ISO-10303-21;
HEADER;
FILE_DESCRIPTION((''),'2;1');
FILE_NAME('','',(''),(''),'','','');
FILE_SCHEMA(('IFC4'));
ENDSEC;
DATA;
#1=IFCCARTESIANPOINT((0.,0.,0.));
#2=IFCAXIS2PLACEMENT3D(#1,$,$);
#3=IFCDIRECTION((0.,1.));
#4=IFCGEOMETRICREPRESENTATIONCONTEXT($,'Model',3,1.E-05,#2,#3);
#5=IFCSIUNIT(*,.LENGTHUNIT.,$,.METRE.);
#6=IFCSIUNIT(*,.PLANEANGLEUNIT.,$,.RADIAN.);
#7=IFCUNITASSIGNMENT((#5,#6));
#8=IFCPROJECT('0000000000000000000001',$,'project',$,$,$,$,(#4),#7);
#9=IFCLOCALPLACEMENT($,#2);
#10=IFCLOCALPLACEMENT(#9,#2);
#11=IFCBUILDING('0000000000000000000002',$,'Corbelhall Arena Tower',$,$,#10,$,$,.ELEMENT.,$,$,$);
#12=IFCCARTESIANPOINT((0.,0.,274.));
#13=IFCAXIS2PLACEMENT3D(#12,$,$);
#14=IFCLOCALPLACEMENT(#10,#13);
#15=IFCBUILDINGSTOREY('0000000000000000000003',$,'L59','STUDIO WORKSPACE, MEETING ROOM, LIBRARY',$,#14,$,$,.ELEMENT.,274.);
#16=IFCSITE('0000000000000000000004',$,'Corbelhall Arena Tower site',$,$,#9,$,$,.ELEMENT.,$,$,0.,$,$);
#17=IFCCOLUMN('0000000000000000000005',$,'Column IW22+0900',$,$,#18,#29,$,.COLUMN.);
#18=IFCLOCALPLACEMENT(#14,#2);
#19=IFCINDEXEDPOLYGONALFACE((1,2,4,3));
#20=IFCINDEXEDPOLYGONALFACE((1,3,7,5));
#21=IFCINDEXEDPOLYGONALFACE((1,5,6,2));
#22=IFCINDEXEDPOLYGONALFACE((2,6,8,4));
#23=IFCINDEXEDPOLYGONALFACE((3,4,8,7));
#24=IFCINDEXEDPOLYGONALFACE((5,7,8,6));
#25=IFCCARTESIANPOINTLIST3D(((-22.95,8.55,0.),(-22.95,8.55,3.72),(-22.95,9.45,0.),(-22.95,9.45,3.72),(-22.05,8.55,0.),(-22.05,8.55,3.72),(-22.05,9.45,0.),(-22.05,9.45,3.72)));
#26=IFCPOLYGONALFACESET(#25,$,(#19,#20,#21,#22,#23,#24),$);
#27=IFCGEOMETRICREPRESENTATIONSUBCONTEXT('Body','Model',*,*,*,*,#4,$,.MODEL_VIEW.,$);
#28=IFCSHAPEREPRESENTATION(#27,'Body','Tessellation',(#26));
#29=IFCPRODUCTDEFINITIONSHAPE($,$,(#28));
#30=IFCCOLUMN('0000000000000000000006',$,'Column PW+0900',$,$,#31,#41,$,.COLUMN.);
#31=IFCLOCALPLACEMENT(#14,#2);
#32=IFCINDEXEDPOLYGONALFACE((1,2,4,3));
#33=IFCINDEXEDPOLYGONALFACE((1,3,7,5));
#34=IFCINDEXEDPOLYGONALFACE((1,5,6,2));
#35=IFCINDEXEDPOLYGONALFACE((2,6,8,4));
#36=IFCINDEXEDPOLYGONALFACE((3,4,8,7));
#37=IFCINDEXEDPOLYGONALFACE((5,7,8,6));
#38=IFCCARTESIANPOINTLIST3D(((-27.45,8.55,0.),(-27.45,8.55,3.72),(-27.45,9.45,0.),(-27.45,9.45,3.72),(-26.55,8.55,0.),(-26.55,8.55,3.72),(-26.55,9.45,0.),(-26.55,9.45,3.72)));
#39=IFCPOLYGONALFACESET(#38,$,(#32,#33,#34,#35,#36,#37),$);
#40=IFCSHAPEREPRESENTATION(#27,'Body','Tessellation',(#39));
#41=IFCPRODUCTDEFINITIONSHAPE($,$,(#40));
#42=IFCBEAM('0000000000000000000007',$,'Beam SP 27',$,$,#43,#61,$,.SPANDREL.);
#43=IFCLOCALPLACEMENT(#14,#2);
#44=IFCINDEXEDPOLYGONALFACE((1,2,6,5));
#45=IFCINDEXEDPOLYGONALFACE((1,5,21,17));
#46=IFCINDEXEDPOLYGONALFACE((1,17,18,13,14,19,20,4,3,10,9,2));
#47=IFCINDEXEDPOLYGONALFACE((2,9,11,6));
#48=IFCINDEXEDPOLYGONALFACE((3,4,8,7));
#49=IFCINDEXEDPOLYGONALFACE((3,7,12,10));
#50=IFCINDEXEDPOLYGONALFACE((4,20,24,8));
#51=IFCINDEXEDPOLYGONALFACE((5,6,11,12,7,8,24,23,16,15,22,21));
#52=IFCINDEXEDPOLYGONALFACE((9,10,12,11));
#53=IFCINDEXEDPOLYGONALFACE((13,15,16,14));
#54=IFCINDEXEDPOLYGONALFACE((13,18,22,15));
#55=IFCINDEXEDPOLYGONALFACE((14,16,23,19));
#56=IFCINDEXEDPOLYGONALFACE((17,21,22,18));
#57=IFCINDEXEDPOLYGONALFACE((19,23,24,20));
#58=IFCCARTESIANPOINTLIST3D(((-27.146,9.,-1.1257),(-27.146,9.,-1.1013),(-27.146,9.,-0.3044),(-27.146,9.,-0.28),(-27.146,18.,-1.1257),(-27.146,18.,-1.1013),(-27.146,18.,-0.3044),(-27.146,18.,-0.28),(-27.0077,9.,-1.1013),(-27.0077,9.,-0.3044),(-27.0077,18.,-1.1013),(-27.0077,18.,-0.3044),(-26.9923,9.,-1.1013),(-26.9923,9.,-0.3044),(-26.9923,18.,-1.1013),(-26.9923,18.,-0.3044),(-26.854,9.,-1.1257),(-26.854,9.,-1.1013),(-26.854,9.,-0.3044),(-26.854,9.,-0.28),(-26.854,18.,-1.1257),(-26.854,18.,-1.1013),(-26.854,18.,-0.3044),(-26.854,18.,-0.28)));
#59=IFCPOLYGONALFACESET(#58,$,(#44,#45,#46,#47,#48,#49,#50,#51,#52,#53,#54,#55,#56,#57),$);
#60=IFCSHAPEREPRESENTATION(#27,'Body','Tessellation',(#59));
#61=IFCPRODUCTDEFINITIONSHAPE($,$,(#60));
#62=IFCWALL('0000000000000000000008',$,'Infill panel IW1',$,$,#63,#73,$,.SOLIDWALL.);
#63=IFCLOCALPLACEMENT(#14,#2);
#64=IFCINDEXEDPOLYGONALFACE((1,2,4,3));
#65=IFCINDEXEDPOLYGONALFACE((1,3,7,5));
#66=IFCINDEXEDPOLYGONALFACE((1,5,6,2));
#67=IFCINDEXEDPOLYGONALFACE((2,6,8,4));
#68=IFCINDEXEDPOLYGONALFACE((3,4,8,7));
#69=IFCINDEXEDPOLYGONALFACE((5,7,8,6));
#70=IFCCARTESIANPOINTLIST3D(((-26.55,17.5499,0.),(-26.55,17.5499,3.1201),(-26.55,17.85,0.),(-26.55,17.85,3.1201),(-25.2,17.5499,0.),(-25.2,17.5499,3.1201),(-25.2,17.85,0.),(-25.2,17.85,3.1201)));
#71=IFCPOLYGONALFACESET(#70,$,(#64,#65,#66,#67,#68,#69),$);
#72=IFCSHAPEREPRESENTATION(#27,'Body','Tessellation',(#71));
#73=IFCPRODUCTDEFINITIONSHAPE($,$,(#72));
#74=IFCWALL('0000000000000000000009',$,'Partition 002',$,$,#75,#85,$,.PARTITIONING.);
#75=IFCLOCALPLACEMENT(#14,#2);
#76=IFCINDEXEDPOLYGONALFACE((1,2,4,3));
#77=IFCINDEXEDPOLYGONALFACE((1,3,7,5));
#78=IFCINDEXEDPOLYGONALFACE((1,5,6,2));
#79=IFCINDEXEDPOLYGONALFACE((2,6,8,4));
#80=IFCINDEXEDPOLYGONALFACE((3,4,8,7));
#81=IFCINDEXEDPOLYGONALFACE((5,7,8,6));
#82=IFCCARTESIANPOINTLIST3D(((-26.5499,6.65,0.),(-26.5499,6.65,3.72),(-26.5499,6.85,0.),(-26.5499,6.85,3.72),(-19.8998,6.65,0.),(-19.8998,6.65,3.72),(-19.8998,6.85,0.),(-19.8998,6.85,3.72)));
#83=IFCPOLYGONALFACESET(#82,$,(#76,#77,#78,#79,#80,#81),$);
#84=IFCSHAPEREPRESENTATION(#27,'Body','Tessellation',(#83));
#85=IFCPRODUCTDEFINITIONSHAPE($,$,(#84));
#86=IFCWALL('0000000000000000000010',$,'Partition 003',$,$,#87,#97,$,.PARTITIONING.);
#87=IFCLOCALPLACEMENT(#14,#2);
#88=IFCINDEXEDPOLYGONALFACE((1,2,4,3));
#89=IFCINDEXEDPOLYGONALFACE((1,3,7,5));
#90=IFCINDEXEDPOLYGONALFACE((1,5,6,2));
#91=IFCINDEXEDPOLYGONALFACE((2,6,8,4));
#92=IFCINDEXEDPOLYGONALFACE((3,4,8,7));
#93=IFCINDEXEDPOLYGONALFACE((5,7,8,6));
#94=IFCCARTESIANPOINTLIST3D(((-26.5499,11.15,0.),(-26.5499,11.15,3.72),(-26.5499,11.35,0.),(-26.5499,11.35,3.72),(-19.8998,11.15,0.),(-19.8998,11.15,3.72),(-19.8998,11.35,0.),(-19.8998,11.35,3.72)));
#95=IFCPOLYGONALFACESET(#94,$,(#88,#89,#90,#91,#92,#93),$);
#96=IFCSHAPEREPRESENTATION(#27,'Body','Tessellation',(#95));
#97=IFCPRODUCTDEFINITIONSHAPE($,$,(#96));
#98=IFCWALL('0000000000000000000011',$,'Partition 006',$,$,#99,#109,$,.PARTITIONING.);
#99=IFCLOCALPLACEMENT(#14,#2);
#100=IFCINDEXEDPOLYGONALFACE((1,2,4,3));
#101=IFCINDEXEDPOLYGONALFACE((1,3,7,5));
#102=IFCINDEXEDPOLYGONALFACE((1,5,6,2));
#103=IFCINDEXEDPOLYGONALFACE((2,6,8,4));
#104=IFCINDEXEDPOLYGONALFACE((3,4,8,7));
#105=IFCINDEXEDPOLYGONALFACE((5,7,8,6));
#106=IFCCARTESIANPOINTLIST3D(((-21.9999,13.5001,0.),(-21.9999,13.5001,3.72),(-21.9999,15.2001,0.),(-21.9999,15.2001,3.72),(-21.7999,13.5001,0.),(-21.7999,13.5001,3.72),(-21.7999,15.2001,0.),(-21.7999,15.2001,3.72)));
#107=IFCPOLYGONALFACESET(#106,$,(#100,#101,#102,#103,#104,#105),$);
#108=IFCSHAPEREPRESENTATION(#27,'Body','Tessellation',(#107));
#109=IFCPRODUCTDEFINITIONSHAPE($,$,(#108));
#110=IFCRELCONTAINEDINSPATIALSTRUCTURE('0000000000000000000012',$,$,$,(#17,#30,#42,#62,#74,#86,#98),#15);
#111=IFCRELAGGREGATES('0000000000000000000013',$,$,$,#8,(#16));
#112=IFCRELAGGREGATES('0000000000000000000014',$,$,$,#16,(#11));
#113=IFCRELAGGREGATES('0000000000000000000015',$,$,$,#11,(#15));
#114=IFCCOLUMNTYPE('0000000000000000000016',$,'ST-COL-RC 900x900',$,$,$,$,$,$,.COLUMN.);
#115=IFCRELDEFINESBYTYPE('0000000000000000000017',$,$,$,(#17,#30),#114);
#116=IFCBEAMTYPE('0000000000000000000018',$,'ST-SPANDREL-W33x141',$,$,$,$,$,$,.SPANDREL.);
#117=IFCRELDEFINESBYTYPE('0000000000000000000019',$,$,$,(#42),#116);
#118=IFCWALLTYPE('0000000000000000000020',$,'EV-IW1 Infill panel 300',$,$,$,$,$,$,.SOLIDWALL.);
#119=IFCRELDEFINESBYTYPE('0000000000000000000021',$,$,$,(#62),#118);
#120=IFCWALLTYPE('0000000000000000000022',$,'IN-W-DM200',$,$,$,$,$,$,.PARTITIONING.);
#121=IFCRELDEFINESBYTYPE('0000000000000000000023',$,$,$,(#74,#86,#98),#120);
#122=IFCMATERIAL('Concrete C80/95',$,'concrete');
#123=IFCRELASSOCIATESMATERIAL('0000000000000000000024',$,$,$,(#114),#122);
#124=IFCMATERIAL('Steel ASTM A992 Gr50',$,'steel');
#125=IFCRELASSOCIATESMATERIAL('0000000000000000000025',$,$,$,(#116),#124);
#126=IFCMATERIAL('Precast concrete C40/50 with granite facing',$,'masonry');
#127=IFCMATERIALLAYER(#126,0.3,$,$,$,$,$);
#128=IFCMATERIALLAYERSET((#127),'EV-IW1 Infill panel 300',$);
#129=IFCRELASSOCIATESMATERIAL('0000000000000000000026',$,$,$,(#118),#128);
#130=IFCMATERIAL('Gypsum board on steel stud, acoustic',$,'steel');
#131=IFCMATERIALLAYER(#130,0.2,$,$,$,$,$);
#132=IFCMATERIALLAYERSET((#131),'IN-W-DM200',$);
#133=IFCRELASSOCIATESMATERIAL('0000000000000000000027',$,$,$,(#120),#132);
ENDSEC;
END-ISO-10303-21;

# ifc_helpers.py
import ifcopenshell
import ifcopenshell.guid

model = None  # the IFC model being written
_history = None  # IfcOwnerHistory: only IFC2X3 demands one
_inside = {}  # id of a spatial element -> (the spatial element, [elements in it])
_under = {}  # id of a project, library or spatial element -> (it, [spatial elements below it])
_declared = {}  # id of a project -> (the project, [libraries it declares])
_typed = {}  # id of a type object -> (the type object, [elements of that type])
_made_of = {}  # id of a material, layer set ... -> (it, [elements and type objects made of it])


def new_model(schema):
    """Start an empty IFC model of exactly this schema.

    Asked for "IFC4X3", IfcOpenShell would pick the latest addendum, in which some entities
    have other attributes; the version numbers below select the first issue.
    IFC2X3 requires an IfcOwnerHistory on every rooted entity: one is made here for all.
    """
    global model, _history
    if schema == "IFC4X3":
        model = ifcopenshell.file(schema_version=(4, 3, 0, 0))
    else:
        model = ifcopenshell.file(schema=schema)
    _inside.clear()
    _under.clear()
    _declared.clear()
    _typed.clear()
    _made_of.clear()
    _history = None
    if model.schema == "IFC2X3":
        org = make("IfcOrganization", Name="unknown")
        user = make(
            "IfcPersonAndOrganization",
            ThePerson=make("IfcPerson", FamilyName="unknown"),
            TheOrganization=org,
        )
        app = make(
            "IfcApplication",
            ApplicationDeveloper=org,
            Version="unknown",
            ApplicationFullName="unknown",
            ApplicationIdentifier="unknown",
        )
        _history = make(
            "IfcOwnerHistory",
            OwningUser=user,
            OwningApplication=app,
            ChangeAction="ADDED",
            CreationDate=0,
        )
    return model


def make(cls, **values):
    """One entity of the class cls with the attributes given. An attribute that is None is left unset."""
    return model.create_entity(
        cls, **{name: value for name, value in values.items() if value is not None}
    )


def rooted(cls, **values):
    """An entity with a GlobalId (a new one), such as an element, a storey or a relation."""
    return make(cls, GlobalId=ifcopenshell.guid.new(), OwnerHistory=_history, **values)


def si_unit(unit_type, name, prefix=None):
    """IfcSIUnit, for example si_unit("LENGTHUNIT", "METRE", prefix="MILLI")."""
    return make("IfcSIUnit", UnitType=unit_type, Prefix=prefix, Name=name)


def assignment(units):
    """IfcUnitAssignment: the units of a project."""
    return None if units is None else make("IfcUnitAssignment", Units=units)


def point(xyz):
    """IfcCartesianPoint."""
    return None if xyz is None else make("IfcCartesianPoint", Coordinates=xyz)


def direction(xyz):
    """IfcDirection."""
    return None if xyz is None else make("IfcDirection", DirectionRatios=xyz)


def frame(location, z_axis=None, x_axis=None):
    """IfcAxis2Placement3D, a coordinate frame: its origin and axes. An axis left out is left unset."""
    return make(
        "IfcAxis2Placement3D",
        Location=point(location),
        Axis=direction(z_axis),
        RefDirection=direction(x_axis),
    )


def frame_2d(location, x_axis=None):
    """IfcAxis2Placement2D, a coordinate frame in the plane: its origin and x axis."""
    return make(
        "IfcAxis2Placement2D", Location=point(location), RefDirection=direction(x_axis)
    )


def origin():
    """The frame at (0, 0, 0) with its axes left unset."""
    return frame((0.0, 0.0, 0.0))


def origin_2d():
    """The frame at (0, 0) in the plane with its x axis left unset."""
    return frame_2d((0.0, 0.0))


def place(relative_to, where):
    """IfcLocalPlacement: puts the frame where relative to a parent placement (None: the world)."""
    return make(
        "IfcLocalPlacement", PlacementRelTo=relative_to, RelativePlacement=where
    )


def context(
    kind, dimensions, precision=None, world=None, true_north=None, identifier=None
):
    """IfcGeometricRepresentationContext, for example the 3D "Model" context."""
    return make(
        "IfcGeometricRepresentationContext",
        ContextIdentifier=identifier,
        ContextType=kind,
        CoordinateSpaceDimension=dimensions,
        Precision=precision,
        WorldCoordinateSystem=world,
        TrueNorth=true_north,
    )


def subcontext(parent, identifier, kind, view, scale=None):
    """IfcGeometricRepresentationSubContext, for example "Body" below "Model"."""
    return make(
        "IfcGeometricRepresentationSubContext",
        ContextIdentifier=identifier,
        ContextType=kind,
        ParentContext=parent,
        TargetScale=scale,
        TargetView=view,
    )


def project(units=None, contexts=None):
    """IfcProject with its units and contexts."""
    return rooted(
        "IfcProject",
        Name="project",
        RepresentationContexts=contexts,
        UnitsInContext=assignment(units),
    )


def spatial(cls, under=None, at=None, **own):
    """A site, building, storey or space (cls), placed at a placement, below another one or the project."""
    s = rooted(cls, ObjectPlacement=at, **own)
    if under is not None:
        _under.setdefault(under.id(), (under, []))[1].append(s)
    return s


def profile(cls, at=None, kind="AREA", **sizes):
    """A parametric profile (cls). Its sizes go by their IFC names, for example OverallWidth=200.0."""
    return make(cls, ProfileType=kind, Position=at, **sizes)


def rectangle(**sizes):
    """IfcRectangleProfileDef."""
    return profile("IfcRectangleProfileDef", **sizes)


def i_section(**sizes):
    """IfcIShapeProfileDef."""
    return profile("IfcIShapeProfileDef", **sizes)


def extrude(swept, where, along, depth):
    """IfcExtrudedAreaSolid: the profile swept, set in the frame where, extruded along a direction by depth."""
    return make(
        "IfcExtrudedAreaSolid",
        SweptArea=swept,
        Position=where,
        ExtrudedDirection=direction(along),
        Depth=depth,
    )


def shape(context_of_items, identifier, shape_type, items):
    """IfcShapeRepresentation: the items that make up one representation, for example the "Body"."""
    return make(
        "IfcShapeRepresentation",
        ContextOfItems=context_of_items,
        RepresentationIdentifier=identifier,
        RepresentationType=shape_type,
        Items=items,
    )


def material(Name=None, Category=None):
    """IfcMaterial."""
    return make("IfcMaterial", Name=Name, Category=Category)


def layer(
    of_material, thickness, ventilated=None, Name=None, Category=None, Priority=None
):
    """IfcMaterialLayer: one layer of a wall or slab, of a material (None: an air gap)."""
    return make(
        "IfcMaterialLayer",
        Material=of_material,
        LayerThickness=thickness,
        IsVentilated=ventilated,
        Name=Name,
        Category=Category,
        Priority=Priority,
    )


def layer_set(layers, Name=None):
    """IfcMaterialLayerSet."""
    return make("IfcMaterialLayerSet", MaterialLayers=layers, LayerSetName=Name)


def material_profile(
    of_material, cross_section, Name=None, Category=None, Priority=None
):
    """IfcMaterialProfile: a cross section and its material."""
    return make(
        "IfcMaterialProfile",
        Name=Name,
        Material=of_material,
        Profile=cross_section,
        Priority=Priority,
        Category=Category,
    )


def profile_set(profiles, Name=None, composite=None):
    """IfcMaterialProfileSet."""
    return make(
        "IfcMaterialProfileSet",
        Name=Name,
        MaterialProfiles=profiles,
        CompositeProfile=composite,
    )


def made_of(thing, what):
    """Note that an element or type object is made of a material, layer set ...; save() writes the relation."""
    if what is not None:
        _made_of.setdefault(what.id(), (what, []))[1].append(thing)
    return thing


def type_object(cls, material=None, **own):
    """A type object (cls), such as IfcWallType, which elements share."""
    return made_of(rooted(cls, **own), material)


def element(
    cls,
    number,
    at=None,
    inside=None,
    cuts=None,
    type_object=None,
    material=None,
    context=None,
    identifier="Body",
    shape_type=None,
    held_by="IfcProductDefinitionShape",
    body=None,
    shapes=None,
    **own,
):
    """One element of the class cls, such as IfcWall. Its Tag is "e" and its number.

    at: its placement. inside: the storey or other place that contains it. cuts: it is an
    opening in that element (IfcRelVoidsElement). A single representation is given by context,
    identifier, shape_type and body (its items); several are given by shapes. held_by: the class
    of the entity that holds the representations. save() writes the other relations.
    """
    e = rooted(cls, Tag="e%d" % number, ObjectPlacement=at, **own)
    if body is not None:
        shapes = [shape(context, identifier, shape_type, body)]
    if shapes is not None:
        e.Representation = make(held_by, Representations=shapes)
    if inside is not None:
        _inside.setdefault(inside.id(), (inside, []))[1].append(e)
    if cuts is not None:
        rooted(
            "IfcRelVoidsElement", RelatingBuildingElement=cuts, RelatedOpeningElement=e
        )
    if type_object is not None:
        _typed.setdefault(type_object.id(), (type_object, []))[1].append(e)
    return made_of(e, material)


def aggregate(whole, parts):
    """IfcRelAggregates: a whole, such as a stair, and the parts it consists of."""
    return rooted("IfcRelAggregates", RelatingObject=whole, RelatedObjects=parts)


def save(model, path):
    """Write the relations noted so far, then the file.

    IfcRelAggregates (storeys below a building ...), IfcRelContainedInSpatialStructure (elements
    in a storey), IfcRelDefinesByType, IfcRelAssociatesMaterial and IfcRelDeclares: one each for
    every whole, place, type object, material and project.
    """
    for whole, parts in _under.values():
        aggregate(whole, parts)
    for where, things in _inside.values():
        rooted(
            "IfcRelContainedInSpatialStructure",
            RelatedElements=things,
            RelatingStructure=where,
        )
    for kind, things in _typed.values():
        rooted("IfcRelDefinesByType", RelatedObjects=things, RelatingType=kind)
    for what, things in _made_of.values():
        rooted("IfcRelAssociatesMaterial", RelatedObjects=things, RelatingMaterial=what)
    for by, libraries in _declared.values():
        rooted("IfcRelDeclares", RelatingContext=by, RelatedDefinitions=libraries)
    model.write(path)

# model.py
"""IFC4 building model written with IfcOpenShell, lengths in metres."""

from ifc_helpers import new_model, si_unit, direction, frame, frame_2d, origin, origin_2d, place, context, subcontext, project, spatial, rectangle, i_section, extrude, material, layer, layer_set, material_profile, profile_set, type_object, element, save


model = new_model("IFC4")

# Units and contexts
model_context = context("Model", 3, precision=1e-05, world=origin(), true_north=direction((0.0, 1.0)))
body_context = subcontext(model_context, "Body", "Model", "MODEL_VIEW")
ifc_project = project(units=[si_unit("LENGTHUNIT", "METRE"), si_unit("PLANEANGLEUNIT", "RADIAN")], contexts=[model_context])

# Site, building, storey
site_placement = place(None, origin())
site = spatial("IfcSite", under=ifc_project, at=site_placement, Name="Corbelhall Arena Tower site", CompositionType="ELEMENT", RefElevation=0.0)
building_placement = place(site_placement, origin())
building = spatial("IfcBuilding", under=site, at=building_placement, Name="Corbelhall Arena Tower", CompositionType="ELEMENT")
storey_placement = place(building_placement, frame((0.0, 0.0, 274.0)))
storey = spatial("IfcBuildingStorey", under=building, at=storey_placement, Name="L59", Description="STUDIO WORKSPACE, MEETING ROOM, LIBRARY", CompositionType="ELEMENT", Elevation=274.0)

# Columns
ifc_material_1 = material(Name="Concrete C80/95", Category="concrete")
ifc_material_profile_1 = material_profile(ifc_material_1, rectangle(XDim=0.8999, YDim=0.8999, at=origin_2d()))
ifc_profile_set_1 = profile_set([ifc_material_profile_1], Name="Concrete C80/95")
column_type = type_object("IfcColumnType", Name="ST-COL-RC 900x900", PredefinedType="COLUMN", material=ifc_profile_set_1)
for number, where, z_axis, x_axis, name in (
    (1, (-22.5, 9.0, 0.0), (0.0, 0.0, 1.0), (1.0, 0.0, 0.0), "Column IW22+0900"),
    (2, (-27.0, 9.0, 0.0), (0.0, 0.0, 1.0), (0.0, 1.0, 0.0), "Column PW+0900"),
):
    element("IfcColumn", number, at=place(storey_placement, frame(where, z_axis=z_axis, x_axis=x_axis)), inside=storey, type_object=column_type, Name=name, PredefinedType="COLUMN", context=body_context, shape_type="SweptSolid", body=[
        extrude(rectangle(XDim=0.8999, YDim=0.8999, at=origin_2d()), origin(), (0.0, 0.0, 1.0), 3.72),
    ])

# Beam
ifc_material_2 = material(Name="Steel ASTM A992 Gr50", Category="steel")
ifc_material_profile_2 = material_profile(ifc_material_2, i_section(OverallWidth=0.292, OverallDepth=0.8457, WebThickness=0.0154, FlangeThickness=0.0244, at=origin_2d()))
ifc_profile_set_2 = profile_set([ifc_material_profile_2], Name="Steel ASTM A992 Gr50")
beam_type = type_object("IfcBeamType", Name="ST-SPANDREL-W33x141", PredefinedType="SPANDREL", material=ifc_profile_set_2)
beam_placement = place(storey_placement, frame((-27.0, 9.0, -0.7029), z_axis=(0.0, 1.0, 0.0), x_axis=(-1.0, 0.0, 0.0)))
element("IfcBeam", 3, at=beam_placement, inside=storey, type_object=beam_type, Name="Beam SP 27", PredefinedType="SPANDREL", context=body_context, shape_type="SweptSolid", body=[
    extrude(i_section(OverallWidth=0.292, OverallDepth=0.8457, WebThickness=0.0154, FlangeThickness=0.0244, at=origin_2d()), origin(), (0.0, 0.0, 1.0), 9.0),
])

# Wall
ifc_material_3 = material(Name="Precast concrete C40/50 with granite facing", Category="masonry")
ifc_layer_1 = layer(ifc_material_3, 0.3)
ifc_layer_set_1 = layer_set([ifc_layer_1], Name="EV-IW1 Infill panel 300")
wall_type_1 = type_object("IfcWallType", Name="EV-IW1 Infill panel 300", PredefinedType="SOLIDWALL", material=ifc_layer_set_1)
wall_1_placement = place(storey_placement, frame((-25.2, 17.7, 0.0), z_axis=(0.0, 0.0, 1.0), x_axis=(-1.0, 0.0, 0.0)))
element("IfcWall", 4, at=wall_1_placement, inside=storey, type_object=wall_type_1, Name="Infill panel IW1", PredefinedType="SOLIDWALL", context=body_context, shape_type="SweptSolid", body=[
    extrude(rectangle(XDim=1.3501, YDim=0.3, at=frame_2d((0.675, 0.0))), origin(), (0.0, 0.0, 1.0), 3.1201),
])

# Walls
ifc_material_4 = material(Name="Gypsum board on steel stud, acoustic", Category="steel")
ifc_layer_2 = layer(ifc_material_4, 0.2)
ifc_layer_set_2 = layer_set([ifc_layer_2], Name="IN-W-DM200")
wall_type_2 = type_object("IfcWallType", Name="IN-W-DM200", PredefinedType="PARTITIONING", material=ifc_layer_set_2)
for number, where, z_axis, x_axis, name in (
    (5, (-26.55, 6.75, 0.0), (0.0, 0.0, 1.0), (1.0, 0.0, 0.0), "Partition 002"),
    (6, (-26.55, 11.25, 0.0), (0.0, 0.0, 1.0), (1.0, 0.0, 0.0), "Partition 003"),
):
    element("IfcWall", number, at=place(storey_placement, frame(where, z_axis=z_axis, x_axis=x_axis)), inside=storey, type_object=wall_type_2, Name=name, PredefinedType="PARTITIONING", context=body_context, shape_type="SweptSolid", body=[
        extrude(rectangle(XDim=6.6501, YDim=0.2, at=frame_2d((3.3252, 0.0))), origin(), (0.0, 0.0, 1.0), 3.72),
    ])
wall_2_placement = place(storey_placement, frame((-21.8999, 13.5, 0.0), z_axis=(0.0, 0.0, 1.0), x_axis=(0.0, 1.0, 0.0)))
element("IfcWall", 7, at=wall_2_placement, inside=storey, type_object=wall_type_2, Name="Partition 006", PredefinedType="PARTITIONING", context=body_context, shape_type="SweptSolid", body=[
    extrude(rectangle(XDim=1.7, YDim=0.2, at=frame_2d((0.8501, 0.0))), origin(), (0.0, 0.0, 1.0), 3.72),
])

save(model, "model.ifc")
